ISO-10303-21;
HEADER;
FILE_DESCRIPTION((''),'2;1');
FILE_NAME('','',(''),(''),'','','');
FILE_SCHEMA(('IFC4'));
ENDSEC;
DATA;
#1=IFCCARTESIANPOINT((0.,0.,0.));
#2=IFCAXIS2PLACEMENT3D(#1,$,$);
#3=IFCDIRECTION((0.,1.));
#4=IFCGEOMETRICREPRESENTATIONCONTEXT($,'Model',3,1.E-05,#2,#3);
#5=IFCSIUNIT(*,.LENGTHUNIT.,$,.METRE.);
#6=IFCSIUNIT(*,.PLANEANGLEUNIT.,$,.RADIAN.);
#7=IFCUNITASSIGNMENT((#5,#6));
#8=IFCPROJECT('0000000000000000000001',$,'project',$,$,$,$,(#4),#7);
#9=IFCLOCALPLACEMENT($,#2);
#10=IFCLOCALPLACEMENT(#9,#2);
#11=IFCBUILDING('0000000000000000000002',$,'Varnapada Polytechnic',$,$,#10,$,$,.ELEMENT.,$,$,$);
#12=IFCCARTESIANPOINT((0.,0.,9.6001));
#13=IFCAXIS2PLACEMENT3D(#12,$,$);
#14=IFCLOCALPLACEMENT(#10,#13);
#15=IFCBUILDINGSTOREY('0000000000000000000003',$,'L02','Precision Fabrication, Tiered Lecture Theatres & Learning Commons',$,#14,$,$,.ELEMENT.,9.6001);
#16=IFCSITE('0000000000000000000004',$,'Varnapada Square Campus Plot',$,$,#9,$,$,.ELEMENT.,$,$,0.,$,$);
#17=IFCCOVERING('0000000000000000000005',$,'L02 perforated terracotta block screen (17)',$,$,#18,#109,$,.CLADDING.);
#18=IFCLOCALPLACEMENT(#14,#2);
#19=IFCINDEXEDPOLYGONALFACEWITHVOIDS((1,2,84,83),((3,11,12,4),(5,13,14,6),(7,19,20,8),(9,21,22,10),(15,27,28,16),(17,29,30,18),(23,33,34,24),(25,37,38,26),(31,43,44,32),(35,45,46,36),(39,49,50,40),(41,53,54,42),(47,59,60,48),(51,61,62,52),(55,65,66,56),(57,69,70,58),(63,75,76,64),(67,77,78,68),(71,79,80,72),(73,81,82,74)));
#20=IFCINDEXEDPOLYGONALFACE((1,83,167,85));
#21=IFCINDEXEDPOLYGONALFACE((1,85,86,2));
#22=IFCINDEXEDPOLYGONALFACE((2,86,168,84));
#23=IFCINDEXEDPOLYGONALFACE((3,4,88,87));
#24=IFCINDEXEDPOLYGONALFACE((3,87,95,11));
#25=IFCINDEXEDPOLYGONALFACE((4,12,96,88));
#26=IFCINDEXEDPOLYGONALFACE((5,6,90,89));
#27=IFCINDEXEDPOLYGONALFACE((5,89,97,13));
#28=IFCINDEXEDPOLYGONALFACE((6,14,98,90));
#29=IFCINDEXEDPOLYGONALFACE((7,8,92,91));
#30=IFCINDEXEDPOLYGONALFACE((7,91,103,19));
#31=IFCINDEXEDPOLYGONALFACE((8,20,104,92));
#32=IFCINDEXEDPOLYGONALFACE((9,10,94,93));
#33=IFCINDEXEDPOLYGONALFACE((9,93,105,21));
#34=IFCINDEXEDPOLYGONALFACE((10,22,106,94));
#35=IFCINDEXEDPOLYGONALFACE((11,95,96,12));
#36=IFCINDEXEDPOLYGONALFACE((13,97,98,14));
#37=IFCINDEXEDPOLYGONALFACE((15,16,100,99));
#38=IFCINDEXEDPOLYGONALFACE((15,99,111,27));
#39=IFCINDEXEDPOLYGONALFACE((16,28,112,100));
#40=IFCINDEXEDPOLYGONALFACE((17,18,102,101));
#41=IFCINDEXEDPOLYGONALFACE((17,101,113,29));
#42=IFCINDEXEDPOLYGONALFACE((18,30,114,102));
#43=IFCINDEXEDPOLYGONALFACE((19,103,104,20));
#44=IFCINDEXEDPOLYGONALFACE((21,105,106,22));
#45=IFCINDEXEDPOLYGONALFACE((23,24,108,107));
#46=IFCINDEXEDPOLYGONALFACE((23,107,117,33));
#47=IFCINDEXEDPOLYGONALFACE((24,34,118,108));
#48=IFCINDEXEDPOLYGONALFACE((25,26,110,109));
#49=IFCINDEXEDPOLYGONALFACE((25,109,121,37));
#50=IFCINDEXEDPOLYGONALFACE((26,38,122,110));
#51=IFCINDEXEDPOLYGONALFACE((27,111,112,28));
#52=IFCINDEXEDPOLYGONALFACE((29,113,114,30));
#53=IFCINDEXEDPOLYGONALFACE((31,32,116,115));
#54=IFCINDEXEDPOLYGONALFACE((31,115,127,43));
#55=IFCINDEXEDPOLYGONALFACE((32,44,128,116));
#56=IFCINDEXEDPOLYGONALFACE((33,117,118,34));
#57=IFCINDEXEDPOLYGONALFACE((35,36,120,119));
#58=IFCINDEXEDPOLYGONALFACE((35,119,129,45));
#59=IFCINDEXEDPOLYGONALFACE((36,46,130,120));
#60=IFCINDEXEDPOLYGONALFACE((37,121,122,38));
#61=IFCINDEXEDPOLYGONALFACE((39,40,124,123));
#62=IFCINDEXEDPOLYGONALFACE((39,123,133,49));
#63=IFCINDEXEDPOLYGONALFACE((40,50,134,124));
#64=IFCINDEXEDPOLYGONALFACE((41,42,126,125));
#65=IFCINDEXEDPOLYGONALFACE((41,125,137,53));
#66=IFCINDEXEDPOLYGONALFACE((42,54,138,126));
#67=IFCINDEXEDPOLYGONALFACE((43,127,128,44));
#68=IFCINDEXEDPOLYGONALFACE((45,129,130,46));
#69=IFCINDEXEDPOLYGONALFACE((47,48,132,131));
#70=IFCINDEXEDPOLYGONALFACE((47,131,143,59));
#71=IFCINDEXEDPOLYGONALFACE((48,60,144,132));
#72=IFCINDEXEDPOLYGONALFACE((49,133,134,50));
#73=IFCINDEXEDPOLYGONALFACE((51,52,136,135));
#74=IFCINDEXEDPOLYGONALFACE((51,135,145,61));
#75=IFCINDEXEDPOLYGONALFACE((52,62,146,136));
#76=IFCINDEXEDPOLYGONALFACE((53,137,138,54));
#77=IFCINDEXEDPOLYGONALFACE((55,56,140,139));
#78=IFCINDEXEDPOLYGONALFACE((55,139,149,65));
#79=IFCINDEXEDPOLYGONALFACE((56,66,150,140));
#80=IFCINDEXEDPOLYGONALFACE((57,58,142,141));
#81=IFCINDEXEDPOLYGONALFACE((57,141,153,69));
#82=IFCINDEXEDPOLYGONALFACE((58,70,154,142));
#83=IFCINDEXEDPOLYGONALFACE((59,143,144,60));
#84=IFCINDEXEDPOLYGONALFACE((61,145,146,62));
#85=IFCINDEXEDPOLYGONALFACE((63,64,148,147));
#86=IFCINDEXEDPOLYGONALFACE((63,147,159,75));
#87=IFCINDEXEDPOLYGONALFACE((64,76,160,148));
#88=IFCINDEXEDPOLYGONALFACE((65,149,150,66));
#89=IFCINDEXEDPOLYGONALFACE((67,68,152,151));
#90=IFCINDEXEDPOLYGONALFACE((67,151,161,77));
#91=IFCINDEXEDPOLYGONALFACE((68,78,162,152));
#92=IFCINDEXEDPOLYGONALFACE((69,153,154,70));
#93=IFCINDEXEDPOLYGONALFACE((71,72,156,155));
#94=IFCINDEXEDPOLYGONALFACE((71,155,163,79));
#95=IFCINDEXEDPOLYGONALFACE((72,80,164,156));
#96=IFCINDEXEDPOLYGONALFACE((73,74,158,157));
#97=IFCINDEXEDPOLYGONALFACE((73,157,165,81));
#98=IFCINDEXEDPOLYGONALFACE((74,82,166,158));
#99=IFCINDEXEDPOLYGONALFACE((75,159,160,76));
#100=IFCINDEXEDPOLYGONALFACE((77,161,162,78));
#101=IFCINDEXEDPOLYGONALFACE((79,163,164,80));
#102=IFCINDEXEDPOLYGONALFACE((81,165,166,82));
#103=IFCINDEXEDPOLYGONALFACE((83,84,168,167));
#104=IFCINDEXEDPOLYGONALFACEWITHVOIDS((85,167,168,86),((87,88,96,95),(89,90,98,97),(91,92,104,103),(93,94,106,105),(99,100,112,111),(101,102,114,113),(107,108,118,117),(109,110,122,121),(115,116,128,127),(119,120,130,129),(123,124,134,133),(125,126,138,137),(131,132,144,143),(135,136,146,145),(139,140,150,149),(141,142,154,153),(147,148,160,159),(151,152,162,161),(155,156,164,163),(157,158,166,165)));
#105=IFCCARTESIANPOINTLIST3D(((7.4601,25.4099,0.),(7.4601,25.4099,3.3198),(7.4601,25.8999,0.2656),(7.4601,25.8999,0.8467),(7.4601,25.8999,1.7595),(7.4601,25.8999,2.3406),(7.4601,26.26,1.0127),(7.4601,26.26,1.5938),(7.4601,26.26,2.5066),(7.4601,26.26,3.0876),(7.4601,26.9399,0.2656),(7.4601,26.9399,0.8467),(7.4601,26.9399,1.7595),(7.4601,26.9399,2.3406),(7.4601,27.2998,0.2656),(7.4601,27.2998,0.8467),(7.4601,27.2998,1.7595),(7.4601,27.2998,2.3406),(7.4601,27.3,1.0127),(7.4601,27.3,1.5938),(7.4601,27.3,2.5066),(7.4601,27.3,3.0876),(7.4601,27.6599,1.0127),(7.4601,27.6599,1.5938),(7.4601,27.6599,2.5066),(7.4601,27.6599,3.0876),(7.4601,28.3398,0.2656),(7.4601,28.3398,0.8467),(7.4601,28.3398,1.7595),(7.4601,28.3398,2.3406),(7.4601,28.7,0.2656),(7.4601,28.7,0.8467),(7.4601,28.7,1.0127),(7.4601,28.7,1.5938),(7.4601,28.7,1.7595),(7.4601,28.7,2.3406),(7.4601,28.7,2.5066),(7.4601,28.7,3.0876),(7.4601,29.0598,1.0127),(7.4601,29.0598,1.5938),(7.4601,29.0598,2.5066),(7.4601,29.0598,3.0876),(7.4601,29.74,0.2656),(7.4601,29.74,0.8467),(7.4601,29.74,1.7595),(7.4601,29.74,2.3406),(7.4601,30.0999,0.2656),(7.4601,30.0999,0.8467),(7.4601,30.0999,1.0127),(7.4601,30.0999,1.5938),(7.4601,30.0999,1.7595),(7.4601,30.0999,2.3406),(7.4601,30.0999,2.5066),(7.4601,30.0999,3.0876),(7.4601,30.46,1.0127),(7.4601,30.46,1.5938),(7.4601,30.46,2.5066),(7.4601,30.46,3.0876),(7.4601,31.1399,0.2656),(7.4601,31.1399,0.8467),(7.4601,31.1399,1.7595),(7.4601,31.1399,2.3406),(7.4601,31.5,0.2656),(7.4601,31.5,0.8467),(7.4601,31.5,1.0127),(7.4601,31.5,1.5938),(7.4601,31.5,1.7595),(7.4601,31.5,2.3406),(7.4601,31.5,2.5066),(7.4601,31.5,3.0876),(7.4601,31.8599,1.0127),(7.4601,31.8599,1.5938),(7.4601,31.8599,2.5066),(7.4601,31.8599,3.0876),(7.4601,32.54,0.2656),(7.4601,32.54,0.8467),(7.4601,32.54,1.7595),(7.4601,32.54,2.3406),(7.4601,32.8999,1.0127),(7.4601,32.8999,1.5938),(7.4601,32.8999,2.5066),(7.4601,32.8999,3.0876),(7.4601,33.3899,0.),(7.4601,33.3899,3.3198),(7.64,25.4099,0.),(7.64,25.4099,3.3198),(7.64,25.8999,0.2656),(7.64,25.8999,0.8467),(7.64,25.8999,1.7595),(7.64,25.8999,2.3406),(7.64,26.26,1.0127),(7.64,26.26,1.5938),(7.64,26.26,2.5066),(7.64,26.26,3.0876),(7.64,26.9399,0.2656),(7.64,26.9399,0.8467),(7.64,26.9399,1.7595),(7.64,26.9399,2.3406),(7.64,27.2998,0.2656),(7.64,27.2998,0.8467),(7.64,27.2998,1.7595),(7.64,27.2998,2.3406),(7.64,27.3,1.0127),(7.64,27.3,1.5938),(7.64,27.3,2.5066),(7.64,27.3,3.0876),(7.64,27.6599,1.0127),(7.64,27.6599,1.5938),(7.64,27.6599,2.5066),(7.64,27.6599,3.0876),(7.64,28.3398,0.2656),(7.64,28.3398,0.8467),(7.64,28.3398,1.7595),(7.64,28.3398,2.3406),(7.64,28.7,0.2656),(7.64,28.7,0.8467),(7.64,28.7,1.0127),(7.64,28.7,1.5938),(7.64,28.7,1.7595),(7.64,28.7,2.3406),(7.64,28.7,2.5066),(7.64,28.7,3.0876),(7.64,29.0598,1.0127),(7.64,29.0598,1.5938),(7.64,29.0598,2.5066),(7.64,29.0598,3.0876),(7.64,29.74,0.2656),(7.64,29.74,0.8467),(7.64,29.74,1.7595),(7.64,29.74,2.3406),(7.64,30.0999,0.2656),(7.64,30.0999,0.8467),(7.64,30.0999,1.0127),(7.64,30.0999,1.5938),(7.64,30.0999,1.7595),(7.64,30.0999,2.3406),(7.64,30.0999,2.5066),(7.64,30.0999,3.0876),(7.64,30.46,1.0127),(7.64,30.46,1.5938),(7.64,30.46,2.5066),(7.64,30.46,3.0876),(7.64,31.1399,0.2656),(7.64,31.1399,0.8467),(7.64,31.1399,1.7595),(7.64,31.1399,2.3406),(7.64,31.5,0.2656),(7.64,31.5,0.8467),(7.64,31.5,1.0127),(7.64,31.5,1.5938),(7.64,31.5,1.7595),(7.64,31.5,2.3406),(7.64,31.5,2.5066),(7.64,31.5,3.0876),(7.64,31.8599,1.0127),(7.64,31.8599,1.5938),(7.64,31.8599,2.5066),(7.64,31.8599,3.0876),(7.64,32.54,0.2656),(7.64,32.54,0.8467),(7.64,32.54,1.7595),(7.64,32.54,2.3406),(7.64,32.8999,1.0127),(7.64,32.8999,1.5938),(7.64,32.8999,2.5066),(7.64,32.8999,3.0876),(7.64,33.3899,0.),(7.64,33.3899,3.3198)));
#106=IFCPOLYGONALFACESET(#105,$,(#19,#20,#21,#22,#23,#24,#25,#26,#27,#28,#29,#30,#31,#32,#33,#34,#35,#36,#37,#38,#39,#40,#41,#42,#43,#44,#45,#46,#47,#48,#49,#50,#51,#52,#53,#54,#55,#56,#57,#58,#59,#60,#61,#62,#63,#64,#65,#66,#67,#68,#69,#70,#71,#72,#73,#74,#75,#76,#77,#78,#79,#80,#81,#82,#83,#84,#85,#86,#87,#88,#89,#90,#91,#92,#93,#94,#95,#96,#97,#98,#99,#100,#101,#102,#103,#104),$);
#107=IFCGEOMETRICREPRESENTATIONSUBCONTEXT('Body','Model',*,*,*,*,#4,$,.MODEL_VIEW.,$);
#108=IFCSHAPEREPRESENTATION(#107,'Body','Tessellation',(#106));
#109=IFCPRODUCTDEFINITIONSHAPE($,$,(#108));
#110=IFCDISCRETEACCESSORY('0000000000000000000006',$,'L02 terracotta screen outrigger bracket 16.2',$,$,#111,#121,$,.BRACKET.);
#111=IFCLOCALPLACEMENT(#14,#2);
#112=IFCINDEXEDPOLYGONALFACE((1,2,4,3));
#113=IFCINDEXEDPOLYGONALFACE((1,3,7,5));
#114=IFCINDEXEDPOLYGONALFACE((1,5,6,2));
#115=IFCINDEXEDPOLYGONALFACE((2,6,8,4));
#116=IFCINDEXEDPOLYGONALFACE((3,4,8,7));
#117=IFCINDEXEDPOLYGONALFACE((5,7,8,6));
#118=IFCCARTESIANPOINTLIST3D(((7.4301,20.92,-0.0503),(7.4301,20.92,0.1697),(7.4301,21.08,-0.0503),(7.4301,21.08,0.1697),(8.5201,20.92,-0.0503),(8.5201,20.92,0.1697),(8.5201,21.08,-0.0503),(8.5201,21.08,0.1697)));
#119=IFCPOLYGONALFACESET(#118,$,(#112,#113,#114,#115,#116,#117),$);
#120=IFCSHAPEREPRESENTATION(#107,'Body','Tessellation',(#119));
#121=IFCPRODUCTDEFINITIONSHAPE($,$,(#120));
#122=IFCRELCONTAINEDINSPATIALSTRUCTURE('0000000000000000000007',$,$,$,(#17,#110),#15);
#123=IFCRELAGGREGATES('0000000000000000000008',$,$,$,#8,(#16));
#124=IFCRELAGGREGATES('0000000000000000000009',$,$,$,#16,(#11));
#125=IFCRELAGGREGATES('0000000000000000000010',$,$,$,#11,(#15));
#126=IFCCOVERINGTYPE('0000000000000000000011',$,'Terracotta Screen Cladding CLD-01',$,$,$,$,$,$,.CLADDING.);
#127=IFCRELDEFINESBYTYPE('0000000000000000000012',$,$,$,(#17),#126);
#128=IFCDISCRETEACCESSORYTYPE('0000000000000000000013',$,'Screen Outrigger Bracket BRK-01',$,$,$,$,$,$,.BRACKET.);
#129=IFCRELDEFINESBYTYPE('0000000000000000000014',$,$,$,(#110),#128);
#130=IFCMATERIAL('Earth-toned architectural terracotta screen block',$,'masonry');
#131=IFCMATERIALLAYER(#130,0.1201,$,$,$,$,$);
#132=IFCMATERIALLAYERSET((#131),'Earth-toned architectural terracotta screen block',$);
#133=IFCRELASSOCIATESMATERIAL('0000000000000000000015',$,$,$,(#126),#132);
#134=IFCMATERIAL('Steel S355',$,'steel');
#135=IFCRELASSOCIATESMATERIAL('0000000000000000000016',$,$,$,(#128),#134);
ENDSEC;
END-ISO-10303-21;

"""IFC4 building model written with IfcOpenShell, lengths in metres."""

from ifc_helpers import new_model, si_unit, direction, frame, frame_2d, origin, origin_2d, place, context, subcontext, project, spatial, rectangle, extrude, material, layer, layer_set, type_object, element, save


model = new_model("IFC4")

# Units and contexts
model_context = context("Model", 3, precision=1e-05, world=origin(), true_north=direction((0.0, 1.0)))
body_context = subcontext(model_context, "Body", "Model", "MODEL_VIEW")
ifc_project = project(units=[si_unit("LENGTHUNIT", "METRE"), si_unit("PLANEANGLEUNIT", "RADIAN")], contexts=[model_context])

# Site, building, storey
site_placement = place(None, origin())
site = spatial("IfcSite", under=ifc_project, at=site_placement, Name="Varnapada Square Campus Plot", CompositionType="ELEMENT", RefElevation=0.0)
building_placement = place(site_placement, origin())
building = spatial("IfcBuilding", under=site, at=building_placement, Name="Varnapada Polytechnic", CompositionType="ELEMENT")
storey_placement = place(building_placement, frame((0.0, 0.0, 9.6001)))
storey = spatial("IfcBuildingStorey", under=building, at=storey_placement, Name="L02", Description="Precision Fabrication, Tiered Lecture Theatres & Learning Commons", CompositionType="ELEMENT", Elevation=9.6001)

# Covering, openings
ifc_material_1 = material(Name="Earth-toned architectural terracotta screen block", Category="masonry")
ifc_layer_1 = layer(ifc_material_1, 0.1201)
ifc_layer_set_1 = layer_set([ifc_layer_1], Name="Earth-toned architectural terracotta screen block")
covering_type = type_object("IfcCoveringType", Name="Terracotta Screen Cladding CLD-01", PredefinedType="CLADDING", material=ifc_layer_set_1)
covering_placement = place(storey_placement, frame((7.55, 25.4099, 0.0), z_axis=(0.0, 0.0, 1.0), x_axis=(0.0, 1.0, 0.0)))
covering = element("IfcCovering", 1, at=covering_placement, inside=storey, type_object=covering_type, Name="L02 perforated terracotta block screen (17)", PredefinedType="CLADDING", context=body_context, shape_type="SweptSolid", body=[
    extrude(rectangle(XDim=7.98, YDim=0.1799, at=frame_2d((3.99, 0.0))), origin(), (0.0, 0.0, 1.0), 3.3198),
])
opening_1_placement = place(covering_placement, frame((0.49, 0.0, 0.2656)))
element("IfcOpeningElement", 2, at=opening_1_placement, cuts=covering, PredefinedType="OPENING", context=body_context, shape_type="SweptSolid", body=[
    extrude(rectangle(XDim=1.04, YDim=0.5811, at=frame_2d((0.52, 0.2905))), frame((0.0, 0.0999, 0.0), z_axis=(0.0, -1.0, 0.0), x_axis=(1.0, 0.0, 0.0)), (0.0, 0.0, 1.0), 0.2),
])
opening_2_placement = place(covering_placement, frame((1.8899, 0.0, 0.2656)))
element("IfcOpeningElement", 3, at=opening_2_placement, cuts=covering, PredefinedType="OPENING", context=body_context, shape_type="SweptSolid", body=[
    extrude(rectangle(XDim=1.04, YDim=0.5811, at=frame_2d((0.52, 0.2905))), frame((0.0, 0.0999, 0.0), z_axis=(0.0, -1.0, 0.0), x_axis=(1.0, 0.0, 0.0)), (0.0, 0.0, 1.0), 0.2),
])
opening_3_placement = place(covering_placement, frame((3.29, 0.0, 0.2656)))
element("IfcOpeningElement", 4, at=opening_3_placement, cuts=covering, PredefinedType="OPENING", context=body_context, shape_type="SweptSolid", body=[
    extrude(rectangle(XDim=1.04, YDim=0.5811, at=frame_2d((0.52, 0.2905))), frame((0.0, 0.0999, 0.0), z_axis=(0.0, -1.0, 0.0), x_axis=(1.0, 0.0, 0.0)), (0.0, 0.0, 1.0), 0.2),
])
opening_4_placement = place(covering_placement, frame((4.6899, 0.0, 0.2656)))
element("IfcOpeningElement", 5, at=opening_4_placement, cuts=covering, PredefinedType="OPENING", context=body_context, shape_type="SweptSolid", body=[
    extrude(rectangle(XDim=1.04, YDim=0.5811, at=frame_2d((0.52, 0.2905))), frame((0.0, 0.0999, 0.0), z_axis=(0.0, -1.0, 0.0), x_axis=(1.0, 0.0, 0.0)), (0.0, 0.0, 1.0), 0.2),
])
opening_5_placement = place(covering_placement, frame((6.0901, 0.0, 0.2656)))
element("IfcOpeningElement", 6, at=opening_5_placement, cuts=covering, PredefinedType="OPENING", context=body_context, shape_type="SweptSolid", body=[
    extrude(rectangle(XDim=1.04, YDim=0.5811, at=frame_2d((0.52, 0.2905))), frame((0.0, 0.0999, 0.0), z_axis=(0.0, -1.0, 0.0), x_axis=(1.0, 0.0, 0.0)), (0.0, 0.0, 1.0), 0.2),
])
opening_6_placement = place(covering_placement, frame((0.8501, 0.0, 1.0127)))
element("IfcOpeningElement", 7, at=opening_6_placement, cuts=covering, PredefinedType="OPENING", context=body_context, shape_type="SweptSolid", body=[
    extrude(rectangle(XDim=1.04, YDim=0.5811, at=frame_2d((0.52, 0.2905))), frame((0.0, 0.0999, 0.0), z_axis=(0.0, -1.0, 0.0), x_axis=(1.0, 0.0, 0.0)), (0.0, 0.0, 1.0), 0.2),
])
opening_7_placement = place(covering_placement, frame((2.25, 0.0, 1.0127)))
element("IfcOpeningElement", 8, at=opening_7_placement, cuts=covering, PredefinedType="OPENING", context=body_context, shape_type="SweptSolid", body=[
    extrude(rectangle(XDim=1.04, YDim=0.5811, at=frame_2d((0.52, 0.2905))), frame((0.0, 0.0999, 0.0), z_axis=(0.0, -1.0, 0.0), x_axis=(1.0, 0.0, 0.0)), (0.0, 0.0, 1.0), 0.2),
])
opening_8_placement = place(covering_placement, frame((3.6499, 0.0, 1.0127)))
element("IfcOpeningElement", 9, at=opening_8_placement, cuts=covering, PredefinedType="OPENING", context=body_context, shape_type="SweptSolid", body=[
    extrude(rectangle(XDim=1.04, YDim=0.5811, at=frame_2d((0.52, 0.2905))), frame((0.0, 0.0999, 0.0), z_axis=(0.0, -1.0, 0.0), x_axis=(1.0, 0.0, 0.0)), (0.0, 0.0, 1.0), 0.2),
])
opening_9_placement = place(covering_placement, frame((5.05, 0.0, 1.0127)))
element("IfcOpeningElement", 10, at=opening_9_placement, cuts=covering, PredefinedType="OPENING", context=body_context, shape_type="SweptSolid", body=[
    extrude(rectangle(XDim=1.04, YDim=0.5811, at=frame_2d((0.52, 0.2905))), frame((0.0, 0.0999, 0.0), z_axis=(0.0, -1.0, 0.0), x_axis=(1.0, 0.0, 0.0)), (0.0, 0.0, 1.0), 0.2),
])
opening_10_placement = place(covering_placement, frame((6.45, 0.0, 1.0127)))
element("IfcOpeningElement", 11, at=opening_10_placement, cuts=covering, PredefinedType="OPENING", context=body_context, shape_type="SweptSolid", body=[
    extrude(rectangle(XDim=1.04, YDim=0.5811, at=frame_2d((0.52, 0.2905))), frame((0.0, 0.0999, 0.0), z_axis=(0.0, -1.0, 0.0), x_axis=(1.0, 0.0, 0.0)), (0.0, 0.0, 1.0), 0.2),
])
opening_11_placement = place(covering_placement, frame((0.49, 0.0, 1.7595)))
element("IfcOpeningElement", 12, at=opening_11_placement, cuts=covering, PredefinedType="OPENING", context=body_context, shape_type="SweptSolid", body=[
    extrude(rectangle(XDim=1.04, YDim=0.5811, at=frame_2d((0.52, 0.2905))), frame((0.0, 0.0999, 0.0), z_axis=(0.0, -1.0, 0.0), x_axis=(1.0, 0.0, 0.0)), (0.0, 0.0, 1.0), 0.2),
])
opening_12_placement = place(covering_placement, frame((1.8899, 0.0, 1.7595)))
element("IfcOpeningElement", 13, at=opening_12_placement, cuts=covering, PredefinedType="OPENING", context=body_context, shape_type="SweptSolid", body=[
    extrude(rectangle(XDim=1.04, YDim=0.5811, at=frame_2d((0.52, 0.2905))), frame((0.0, 0.0999, 0.0), z_axis=(0.0, -1.0, 0.0), x_axis=(1.0, 0.0, 0.0)), (0.0, 0.0, 1.0), 0.2),
])
opening_13_placement = place(covering_placement, frame((3.29, 0.0, 1.7595)))
element("IfcOpeningElement", 14, at=opening_13_placement, cuts=covering, PredefinedType="OPENING", context=body_context, shape_type="SweptSolid", body=[
    extrude(rectangle(XDim=1.04, YDim=0.5811, at=frame_2d((0.52, 0.2905))), frame((0.0, 0.0999, 0.0), z_axis=(0.0, -1.0, 0.0), x_axis=(1.0, 0.0, 0.0)), (0.0, 0.0, 1.0), 0.2),
])
opening_14_placement = place(covering_placement, frame((4.6899, 0.0, 1.7595)))
element("IfcOpeningElement", 15, at=opening_14_placement, cuts=covering, PredefinedType="OPENING", context=body_context, shape_type="SweptSolid", body=[
    extrude(rectangle(XDim=1.04, YDim=0.5811, at=frame_2d((0.52, 0.2905))), frame((0.0, 0.0999, 0.0), z_axis=(0.0, -1.0, 0.0), x_axis=(1.0, 0.0, 0.0)), (0.0, 0.0, 1.0), 0.2),
])
opening_15_placement = place(covering_placement, frame((6.0901, 0.0, 1.7595)))
element("IfcOpeningElement", 16, at=opening_15_placement, cuts=covering, PredefinedType="OPENING", context=body_context, shape_type="SweptSolid", body=[
    extrude(rectangle(XDim=1.04, YDim=0.5811, at=frame_2d((0.52, 0.2905))), frame((0.0, 0.0999, 0.0), z_axis=(0.0, -1.0, 0.0), x_axis=(1.0, 0.0, 0.0)), (0.0, 0.0, 1.0), 0.2),
])
opening_16_placement = place(covering_placement, frame((0.8501, 0.0, 2.5066)))
element("IfcOpeningElement", 17, at=opening_16_placement, cuts=covering, PredefinedType="OPENING", context=body_context, shape_type="SweptSolid", body=[
    extrude(rectangle(XDim=1.04, YDim=0.5811, at=frame_2d((0.52, 0.2905))), frame((0.0, 0.0999, 0.0), z_axis=(0.0, -1.0, 0.0), x_axis=(1.0, 0.0, 0.0)), (0.0, 0.0, 1.0), 0.2),
])
opening_17_placement = place(covering_placement, frame((2.25, 0.0, 2.5066)))
element("IfcOpeningElement", 18, at=opening_17_placement, cuts=covering, PredefinedType="OPENING", context=body_context, shape_type="SweptSolid", body=[
    extrude(rectangle(XDim=1.04, YDim=0.5811, at=frame_2d((0.52, 0.2905))), frame((0.0, 0.0999, 0.0), z_axis=(0.0, -1.0, 0.0), x_axis=(1.0, 0.0, 0.0)), (0.0, 0.0, 1.0), 0.2),
])
opening_18_placement = place(covering_placement, frame((3.6499, 0.0, 2.5066)))
element("IfcOpeningElement", 19, at=opening_18_placement, cuts=covering, PredefinedType="OPENING", context=body_context, shape_type="SweptSolid", body=[
    extrude(rectangle(XDim=1.04, YDim=0.5811, at=frame_2d((0.52, 0.2905))), frame((0.0, 0.0999, 0.0), z_axis=(0.0, -1.0, 0.0), x_axis=(1.0, 0.0, 0.0)), (0.0, 0.0, 1.0), 0.2),
])
opening_19_placement = place(covering_placement, frame((5.05, 0.0, 2.5066)))
element("IfcOpeningElement", 20, at=opening_19_placement, cuts=covering, PredefinedType="OPENING", context=body_context, shape_type="SweptSolid", body=[
    extrude(rectangle(XDim=1.04, YDim=0.5811, at=frame_2d((0.52, 0.2905))), frame((0.0, 0.0999, 0.0), z_axis=(0.0, -1.0, 0.0), x_axis=(1.0, 0.0, 0.0)), (0.0, 0.0, 1.0), 0.2),
])
opening_20_placement = place(covering_placement, frame((6.45, 0.0, 2.5066)))
element("IfcOpeningElement", 21, at=opening_20_placement, cuts=covering, PredefinedType="OPENING", context=body_context, shape_type="SweptSolid", body=[
    extrude(rectangle(XDim=1.04, YDim=0.5811, at=frame_2d((0.52, 0.2905))), frame((0.0, 0.0999, 0.0), z_axis=(0.0, -1.0, 0.0), x_axis=(1.0, 0.0, 0.0)), (0.0, 0.0, 1.0), 0.2),
])

# Discrete accessory
ifc_material_2 = material(Name="Steel S355", Category="steel")
discrete_accessory_type = type_object("IfcDiscreteAccessoryType", Name="Screen Outrigger Bracket BRK-01", PredefinedType="BRACKET", material=ifc_material_2)
for number, where, z_axis, x_axis, name in (
    (22, (7.9751, 21.0, -0.0503), (0.0, 0.0, 1.0), (0.0, 1.0, 0.0), "L02 terracotta screen outrigger bracket 16.2"),
):
    element("IfcDiscreteAccessory", number, at=place(storey_placement, frame(where, z_axis=z_axis, x_axis=x_axis)), inside=storey, type_object=discrete_accessory_type, Name=name, PredefinedType="BRACKET", context=body_context, shape_type="SweptSolid", body=[
        extrude(rectangle(XDim=0.1599, YDim=1.0901, at=origin_2d()), origin(), (0.0, 0.0, 1.0), 0.22),
    ])

save(model, "model.ifc")
